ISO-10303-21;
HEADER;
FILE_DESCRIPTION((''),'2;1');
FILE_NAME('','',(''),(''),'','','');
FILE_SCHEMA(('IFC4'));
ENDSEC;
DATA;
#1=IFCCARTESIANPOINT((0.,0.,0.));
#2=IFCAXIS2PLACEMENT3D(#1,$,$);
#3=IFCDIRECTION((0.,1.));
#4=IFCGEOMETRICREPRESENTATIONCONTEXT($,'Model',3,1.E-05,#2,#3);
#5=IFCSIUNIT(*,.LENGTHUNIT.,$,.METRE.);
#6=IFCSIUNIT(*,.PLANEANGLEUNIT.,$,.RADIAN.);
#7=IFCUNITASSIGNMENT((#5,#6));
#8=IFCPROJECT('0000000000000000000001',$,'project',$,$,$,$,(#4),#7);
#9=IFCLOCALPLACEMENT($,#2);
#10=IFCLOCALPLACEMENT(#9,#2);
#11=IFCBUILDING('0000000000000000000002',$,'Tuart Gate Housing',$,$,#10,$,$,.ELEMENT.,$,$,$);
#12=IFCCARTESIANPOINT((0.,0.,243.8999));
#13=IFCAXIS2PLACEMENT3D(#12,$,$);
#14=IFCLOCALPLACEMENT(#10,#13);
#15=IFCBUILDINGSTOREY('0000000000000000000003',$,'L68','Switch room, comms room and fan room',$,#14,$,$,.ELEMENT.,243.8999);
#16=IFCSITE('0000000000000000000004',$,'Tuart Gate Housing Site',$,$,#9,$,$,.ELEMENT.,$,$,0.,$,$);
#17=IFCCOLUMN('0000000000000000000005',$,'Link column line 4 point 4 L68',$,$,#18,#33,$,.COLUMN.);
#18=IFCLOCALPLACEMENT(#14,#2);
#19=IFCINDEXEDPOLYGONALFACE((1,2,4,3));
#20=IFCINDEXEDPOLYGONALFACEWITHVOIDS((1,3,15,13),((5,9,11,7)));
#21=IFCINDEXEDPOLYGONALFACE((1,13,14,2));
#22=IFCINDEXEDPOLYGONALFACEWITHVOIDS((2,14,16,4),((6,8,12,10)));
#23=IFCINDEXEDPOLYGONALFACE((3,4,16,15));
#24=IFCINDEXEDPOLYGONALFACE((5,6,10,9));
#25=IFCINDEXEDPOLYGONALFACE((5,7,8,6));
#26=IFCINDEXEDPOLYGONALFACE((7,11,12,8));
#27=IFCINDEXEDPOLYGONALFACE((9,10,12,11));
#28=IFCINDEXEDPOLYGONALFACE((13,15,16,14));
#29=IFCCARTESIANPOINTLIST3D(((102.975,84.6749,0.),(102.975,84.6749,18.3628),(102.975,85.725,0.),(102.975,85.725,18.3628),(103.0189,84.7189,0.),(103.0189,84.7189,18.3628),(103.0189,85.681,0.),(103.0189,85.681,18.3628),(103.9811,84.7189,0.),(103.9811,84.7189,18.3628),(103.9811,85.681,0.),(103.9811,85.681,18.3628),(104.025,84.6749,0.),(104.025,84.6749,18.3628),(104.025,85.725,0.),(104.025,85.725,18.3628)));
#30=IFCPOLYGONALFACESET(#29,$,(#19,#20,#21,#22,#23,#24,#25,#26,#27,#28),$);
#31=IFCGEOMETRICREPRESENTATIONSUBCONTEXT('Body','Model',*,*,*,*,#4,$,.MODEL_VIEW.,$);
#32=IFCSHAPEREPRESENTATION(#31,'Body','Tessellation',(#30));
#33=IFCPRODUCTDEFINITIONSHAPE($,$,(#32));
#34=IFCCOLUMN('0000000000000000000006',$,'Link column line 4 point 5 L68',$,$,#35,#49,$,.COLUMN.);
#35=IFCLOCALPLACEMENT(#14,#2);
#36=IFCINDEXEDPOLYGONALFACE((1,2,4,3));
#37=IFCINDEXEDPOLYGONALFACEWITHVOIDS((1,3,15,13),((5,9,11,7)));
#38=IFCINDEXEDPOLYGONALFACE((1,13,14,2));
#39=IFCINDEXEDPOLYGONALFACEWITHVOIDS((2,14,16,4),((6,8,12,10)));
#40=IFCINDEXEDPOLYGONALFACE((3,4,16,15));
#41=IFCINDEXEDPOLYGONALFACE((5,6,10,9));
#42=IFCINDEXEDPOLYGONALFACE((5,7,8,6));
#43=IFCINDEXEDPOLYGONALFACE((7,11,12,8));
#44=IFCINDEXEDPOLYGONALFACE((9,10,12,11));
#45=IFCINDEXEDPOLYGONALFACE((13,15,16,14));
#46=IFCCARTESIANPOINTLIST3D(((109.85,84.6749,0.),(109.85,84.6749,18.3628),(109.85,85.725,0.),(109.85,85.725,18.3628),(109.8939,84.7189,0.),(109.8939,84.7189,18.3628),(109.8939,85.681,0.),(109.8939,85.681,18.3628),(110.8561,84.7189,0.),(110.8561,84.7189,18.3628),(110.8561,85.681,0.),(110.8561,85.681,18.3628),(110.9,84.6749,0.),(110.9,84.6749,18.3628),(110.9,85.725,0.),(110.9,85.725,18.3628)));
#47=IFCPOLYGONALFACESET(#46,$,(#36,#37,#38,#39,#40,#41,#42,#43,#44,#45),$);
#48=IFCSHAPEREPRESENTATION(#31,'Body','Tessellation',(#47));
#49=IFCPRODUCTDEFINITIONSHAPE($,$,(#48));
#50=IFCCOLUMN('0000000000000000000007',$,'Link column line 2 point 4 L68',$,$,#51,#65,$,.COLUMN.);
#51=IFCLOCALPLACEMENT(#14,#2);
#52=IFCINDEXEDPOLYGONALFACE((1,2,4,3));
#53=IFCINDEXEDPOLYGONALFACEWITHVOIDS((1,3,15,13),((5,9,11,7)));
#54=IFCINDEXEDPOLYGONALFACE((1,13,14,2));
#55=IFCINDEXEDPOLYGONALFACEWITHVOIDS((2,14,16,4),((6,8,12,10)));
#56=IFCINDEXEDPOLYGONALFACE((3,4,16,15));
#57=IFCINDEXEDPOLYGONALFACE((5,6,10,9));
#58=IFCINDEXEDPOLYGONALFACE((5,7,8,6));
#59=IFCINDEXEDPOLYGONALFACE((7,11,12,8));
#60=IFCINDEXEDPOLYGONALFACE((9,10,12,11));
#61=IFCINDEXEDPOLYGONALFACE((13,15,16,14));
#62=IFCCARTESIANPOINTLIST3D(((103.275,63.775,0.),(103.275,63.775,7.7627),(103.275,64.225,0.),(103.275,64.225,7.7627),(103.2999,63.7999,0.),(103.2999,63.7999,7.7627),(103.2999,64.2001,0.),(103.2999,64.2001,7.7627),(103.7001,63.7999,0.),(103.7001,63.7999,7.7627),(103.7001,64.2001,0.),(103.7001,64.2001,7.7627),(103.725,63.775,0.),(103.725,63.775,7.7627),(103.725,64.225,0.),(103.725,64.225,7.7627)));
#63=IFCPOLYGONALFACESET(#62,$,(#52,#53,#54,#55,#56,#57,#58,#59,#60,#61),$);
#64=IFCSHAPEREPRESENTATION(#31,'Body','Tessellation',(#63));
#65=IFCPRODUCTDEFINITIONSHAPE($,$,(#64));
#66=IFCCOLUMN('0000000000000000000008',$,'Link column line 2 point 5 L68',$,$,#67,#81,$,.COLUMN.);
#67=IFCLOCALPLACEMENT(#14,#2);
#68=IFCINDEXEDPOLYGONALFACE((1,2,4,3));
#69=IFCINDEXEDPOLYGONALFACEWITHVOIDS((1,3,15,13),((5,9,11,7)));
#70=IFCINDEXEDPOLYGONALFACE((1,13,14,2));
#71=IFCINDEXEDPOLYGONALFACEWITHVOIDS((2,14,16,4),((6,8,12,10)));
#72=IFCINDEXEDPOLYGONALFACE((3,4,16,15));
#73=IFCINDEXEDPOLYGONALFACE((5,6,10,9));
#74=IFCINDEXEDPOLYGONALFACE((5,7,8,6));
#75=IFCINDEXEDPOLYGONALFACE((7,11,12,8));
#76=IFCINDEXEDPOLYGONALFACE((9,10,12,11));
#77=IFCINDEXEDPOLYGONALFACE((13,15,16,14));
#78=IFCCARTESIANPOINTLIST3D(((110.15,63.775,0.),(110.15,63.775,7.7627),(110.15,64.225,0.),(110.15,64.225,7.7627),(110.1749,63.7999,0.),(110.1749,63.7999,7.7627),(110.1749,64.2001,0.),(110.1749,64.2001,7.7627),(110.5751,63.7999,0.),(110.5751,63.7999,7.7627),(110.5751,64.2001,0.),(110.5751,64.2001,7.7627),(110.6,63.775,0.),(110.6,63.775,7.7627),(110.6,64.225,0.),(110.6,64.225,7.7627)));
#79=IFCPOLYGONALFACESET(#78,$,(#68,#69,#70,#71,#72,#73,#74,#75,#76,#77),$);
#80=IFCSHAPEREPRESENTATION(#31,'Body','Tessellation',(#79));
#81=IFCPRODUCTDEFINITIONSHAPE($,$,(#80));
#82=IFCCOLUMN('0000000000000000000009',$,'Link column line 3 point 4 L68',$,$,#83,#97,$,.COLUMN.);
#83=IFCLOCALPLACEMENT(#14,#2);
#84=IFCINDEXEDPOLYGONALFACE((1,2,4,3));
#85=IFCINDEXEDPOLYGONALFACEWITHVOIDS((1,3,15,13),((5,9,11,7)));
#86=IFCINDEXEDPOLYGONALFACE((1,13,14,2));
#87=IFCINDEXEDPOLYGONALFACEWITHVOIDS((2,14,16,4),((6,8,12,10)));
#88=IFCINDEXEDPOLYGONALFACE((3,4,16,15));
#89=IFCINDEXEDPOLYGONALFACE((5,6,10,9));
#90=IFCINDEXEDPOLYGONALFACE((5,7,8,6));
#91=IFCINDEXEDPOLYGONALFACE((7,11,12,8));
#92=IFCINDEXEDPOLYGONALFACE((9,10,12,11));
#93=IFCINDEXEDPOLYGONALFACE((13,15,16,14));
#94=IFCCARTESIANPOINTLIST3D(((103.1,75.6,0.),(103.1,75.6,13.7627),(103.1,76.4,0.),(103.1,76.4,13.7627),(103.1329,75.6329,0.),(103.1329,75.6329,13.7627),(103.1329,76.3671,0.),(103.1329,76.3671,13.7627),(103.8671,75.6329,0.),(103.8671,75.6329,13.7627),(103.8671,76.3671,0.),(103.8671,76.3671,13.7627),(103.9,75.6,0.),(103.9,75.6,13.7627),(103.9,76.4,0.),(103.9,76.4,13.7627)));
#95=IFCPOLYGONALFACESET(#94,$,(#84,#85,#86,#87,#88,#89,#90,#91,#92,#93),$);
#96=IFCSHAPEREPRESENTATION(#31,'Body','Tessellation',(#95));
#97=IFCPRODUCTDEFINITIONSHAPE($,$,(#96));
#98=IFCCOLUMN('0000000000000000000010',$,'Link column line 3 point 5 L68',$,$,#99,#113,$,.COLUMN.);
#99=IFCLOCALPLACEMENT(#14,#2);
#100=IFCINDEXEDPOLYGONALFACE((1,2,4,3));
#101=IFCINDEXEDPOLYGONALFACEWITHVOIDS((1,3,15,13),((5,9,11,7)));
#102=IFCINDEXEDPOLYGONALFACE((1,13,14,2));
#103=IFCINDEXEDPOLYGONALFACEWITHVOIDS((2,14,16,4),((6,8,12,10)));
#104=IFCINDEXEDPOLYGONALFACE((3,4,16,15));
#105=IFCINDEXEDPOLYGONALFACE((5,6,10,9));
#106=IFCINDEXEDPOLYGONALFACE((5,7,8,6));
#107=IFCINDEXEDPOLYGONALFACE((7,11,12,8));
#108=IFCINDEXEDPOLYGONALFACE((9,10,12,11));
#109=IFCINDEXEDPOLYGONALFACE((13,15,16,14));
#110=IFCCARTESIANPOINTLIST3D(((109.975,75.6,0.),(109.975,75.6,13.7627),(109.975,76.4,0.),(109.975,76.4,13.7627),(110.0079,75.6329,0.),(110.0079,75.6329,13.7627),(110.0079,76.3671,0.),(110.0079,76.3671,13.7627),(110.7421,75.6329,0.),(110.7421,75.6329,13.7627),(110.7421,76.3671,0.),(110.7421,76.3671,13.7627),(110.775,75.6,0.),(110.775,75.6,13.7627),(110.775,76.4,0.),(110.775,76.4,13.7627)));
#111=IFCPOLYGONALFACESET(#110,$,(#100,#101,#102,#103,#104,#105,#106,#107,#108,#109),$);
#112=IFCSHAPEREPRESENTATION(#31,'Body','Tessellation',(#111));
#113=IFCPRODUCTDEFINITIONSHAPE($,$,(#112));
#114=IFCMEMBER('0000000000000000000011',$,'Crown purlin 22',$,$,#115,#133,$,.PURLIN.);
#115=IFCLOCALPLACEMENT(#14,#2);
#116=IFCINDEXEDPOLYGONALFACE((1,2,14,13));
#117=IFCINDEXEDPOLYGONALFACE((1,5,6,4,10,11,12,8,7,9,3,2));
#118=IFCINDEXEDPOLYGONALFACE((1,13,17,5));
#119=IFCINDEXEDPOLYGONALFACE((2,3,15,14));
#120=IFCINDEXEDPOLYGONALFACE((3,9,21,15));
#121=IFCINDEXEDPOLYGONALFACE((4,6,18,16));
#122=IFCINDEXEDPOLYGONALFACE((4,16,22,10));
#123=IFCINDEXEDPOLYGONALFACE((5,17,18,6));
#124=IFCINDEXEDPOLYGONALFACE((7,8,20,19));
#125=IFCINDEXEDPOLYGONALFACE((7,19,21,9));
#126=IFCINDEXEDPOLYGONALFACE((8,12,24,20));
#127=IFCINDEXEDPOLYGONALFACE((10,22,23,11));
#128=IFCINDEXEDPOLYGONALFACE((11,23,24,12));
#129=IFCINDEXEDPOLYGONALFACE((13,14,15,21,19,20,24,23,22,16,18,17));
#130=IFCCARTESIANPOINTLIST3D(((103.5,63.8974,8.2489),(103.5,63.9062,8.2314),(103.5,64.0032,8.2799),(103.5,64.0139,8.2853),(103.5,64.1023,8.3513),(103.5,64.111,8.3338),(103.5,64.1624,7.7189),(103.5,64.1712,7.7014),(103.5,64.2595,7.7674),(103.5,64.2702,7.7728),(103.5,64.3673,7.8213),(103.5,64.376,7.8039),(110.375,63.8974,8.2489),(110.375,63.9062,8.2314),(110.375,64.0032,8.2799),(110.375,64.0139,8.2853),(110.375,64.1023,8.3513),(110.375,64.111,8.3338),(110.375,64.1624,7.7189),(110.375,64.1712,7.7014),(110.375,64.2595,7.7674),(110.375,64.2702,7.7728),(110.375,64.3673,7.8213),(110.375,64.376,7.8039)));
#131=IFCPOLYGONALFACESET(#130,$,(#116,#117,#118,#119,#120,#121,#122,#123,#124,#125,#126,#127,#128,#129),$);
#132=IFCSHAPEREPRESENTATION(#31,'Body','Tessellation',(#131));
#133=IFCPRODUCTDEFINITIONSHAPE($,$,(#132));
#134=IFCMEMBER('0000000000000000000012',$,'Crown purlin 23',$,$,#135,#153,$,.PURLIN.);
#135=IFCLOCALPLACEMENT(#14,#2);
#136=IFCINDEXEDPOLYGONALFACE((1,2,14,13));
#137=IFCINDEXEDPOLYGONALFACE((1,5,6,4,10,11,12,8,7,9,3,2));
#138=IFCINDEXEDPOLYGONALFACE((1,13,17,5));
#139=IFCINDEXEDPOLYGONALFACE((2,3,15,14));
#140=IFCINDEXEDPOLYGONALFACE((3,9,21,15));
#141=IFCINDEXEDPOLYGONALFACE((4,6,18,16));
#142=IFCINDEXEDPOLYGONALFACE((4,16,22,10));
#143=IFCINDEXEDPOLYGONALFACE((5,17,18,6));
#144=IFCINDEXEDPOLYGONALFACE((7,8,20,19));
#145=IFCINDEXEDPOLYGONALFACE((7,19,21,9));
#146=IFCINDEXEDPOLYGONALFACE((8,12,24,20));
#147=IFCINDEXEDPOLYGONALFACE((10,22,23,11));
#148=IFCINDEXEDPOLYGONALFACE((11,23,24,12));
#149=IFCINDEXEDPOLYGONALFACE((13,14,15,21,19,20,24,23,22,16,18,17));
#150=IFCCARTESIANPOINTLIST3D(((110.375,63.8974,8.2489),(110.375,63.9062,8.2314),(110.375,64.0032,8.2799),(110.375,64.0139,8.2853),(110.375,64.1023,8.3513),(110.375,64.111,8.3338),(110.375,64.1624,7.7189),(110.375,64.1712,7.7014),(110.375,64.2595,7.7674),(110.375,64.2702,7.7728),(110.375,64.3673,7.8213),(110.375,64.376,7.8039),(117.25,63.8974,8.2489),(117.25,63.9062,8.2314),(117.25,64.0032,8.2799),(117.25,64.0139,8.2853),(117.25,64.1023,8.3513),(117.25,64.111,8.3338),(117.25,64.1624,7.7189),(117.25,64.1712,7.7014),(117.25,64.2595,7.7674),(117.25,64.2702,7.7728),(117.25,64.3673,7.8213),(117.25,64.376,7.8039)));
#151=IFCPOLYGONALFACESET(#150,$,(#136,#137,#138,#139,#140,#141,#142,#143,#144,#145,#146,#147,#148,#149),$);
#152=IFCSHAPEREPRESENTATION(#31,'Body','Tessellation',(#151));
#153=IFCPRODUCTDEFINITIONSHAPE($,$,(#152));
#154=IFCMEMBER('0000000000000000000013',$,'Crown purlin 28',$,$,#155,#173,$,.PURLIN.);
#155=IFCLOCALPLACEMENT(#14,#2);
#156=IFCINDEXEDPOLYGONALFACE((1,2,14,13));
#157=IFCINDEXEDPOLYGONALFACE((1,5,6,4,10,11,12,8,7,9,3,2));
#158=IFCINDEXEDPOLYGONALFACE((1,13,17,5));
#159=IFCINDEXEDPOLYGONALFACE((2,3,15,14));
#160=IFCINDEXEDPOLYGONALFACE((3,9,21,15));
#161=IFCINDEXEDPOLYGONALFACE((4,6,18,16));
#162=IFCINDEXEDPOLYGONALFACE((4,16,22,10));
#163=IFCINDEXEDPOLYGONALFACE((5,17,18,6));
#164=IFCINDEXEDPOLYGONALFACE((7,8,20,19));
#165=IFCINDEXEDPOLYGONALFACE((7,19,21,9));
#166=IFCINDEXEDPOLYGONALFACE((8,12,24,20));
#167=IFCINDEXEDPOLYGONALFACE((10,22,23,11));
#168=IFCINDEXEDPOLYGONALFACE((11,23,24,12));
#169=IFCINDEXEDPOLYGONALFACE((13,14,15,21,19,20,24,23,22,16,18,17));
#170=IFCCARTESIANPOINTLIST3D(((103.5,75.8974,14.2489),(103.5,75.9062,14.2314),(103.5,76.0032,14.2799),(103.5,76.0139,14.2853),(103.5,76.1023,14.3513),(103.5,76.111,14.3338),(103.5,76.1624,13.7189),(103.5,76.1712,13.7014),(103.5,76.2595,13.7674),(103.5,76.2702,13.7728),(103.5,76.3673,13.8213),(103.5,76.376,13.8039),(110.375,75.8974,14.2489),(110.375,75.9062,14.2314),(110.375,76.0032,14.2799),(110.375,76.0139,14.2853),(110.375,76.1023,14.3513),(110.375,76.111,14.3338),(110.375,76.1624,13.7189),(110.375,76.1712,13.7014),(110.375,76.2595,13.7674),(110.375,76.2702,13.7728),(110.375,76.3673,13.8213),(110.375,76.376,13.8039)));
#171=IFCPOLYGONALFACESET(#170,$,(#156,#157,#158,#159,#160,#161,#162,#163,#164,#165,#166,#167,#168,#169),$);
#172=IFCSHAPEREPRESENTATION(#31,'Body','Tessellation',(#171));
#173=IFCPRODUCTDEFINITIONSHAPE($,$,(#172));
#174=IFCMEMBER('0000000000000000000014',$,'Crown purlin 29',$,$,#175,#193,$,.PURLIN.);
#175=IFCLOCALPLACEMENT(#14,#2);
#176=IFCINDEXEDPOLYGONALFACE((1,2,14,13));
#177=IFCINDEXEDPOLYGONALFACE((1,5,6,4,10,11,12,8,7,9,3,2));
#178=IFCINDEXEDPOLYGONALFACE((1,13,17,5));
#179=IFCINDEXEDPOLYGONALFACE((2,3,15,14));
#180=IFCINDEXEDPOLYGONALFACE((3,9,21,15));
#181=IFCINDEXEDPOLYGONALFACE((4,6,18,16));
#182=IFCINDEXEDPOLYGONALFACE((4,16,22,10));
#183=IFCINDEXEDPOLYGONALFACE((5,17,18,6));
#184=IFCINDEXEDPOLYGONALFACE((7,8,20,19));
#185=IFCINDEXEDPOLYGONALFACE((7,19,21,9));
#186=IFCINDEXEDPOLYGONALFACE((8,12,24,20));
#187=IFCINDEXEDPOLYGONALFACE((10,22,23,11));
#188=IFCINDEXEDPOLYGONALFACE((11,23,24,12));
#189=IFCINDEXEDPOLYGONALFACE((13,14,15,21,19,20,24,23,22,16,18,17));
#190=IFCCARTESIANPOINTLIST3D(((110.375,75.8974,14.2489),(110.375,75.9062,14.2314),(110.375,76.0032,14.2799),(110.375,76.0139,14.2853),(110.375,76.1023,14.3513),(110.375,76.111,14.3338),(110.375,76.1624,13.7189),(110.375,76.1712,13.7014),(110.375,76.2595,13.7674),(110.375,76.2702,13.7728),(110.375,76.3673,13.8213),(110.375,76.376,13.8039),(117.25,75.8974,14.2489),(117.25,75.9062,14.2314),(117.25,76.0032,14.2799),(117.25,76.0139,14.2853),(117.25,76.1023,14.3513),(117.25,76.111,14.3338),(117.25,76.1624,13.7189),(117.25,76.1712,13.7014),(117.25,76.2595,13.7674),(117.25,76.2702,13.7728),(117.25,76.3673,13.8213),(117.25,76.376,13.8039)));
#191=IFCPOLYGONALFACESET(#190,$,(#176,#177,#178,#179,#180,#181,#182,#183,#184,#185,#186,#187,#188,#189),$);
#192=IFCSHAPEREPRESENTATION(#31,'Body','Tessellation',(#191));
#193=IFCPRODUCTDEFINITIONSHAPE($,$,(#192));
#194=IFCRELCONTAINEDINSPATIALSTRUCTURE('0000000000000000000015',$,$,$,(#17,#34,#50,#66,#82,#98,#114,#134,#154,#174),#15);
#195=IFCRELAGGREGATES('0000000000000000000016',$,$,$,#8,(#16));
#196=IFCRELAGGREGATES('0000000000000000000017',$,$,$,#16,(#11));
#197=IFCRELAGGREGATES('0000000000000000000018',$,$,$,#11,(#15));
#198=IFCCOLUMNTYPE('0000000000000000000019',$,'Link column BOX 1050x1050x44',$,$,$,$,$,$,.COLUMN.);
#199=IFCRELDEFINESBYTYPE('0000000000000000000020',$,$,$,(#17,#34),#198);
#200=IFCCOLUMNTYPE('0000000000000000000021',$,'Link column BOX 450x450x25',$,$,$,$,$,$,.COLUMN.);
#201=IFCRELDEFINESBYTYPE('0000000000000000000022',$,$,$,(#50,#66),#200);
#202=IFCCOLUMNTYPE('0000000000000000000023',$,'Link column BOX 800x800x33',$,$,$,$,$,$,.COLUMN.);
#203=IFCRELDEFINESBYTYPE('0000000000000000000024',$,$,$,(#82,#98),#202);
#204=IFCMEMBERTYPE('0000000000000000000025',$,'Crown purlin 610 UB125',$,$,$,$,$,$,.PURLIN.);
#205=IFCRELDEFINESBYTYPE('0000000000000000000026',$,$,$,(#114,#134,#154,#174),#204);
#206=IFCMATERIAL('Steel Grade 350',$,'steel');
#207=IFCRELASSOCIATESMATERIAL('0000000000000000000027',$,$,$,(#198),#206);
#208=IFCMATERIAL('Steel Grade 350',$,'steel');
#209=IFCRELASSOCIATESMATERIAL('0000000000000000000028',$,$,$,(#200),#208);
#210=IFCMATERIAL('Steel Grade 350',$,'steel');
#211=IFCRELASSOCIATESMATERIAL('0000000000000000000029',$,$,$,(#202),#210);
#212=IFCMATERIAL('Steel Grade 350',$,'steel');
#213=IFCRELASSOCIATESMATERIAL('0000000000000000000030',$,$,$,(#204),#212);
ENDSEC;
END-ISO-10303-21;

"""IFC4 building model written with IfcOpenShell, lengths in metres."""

from ifc_helpers import new_model, si_unit, direction, frame, origin, origin_2d, place, context, subcontext, project, spatial, hollow_rectangle, i_section, extrude, material, material_profile, profile_set, type_object, element, save


model = new_model("IFC4")

# Units and contexts
model_context = context("Model", 3, precision=1e-05, world=origin(), true_north=direction((0.0, 1.0)))
body_context = subcontext(model_context, "Body", "Model", "MODEL_VIEW")
ifc_project = project(units=[si_unit("LENGTHUNIT", "METRE"), si_unit("PLANEANGLEUNIT", "RADIAN")], contexts=[model_context])

# Site, building, storey
site_placement = place(None, origin())
site = spatial("IfcSite", under=ifc_project, at=site_placement, Name="Tuart Gate Housing Site", CompositionType="ELEMENT", RefElevation=0.0)
building_placement = place(site_placement, origin())
building = spatial("IfcBuilding", under=site, at=building_placement, Name="Tuart Gate Housing", CompositionType="ELEMENT")
storey_placement = place(building_placement, frame((0.0, 0.0, 243.8999)))
storey = spatial("IfcBuildingStorey", under=building, at=storey_placement, Name="L68", Description="Switch room, comms room and fan room", CompositionType="ELEMENT", Elevation=243.8999)

# Columns
ifc_material_1 = material(Name="Steel Grade 350", Category="steel")
ifc_material_profile_1 = material_profile(ifc_material_1, hollow_rectangle(XDim=1.05, YDim=1.05, WallThickness=0.0439, at=origin_2d()), Name="BOX 1050x1050x44")
ifc_profile_set_1 = profile_set([ifc_material_profile_1], Name="Steel Grade 350")
column_type_1 = type_object("IfcColumnType", Name="Link column BOX 1050x1050x44", PredefinedType="COLUMN", material=ifc_profile_set_1)
for number, where, z_axis, x_axis, name in (
    (1, (103.5, 85.2, 0.0), (0.0, 0.0, 1.0), (1.0, 0.0, 0.0), "Link column line 4 point 4 L68"),
    (2, (110.375, 85.2, 0.0), (0.0, 0.0, 1.0), (1.0, 0.0, 0.0), "Link column line 4 point 5 L68"),
):
    element("IfcColumn", number, at=place(storey_placement, frame(where, z_axis=z_axis, x_axis=x_axis)), inside=storey, type_object=column_type_1, Name=name, PredefinedType="COLUMN", context=body_context, shape_type="SweptSolid", body=[
        extrude(hollow_rectangle(XDim=1.05, YDim=1.05, WallThickness=0.0439, at=origin_2d()), origin(), (0.0, 0.0, 1.0), 18.3628),
    ])
ifc_material_2 = material(Name="Steel Grade 350", Category="steel")
ifc_material_profile_2 = material_profile(ifc_material_2, hollow_rectangle(XDim=0.45, YDim=0.45, WallThickness=0.0249, at=origin_2d()), Name="BOX 450x450x25")
ifc_profile_set_2 = profile_set([ifc_material_profile_2], Name="Steel Grade 350")
column_type_2 = type_object("IfcColumnType", Name="Link column BOX 450x450x25", PredefinedType="COLUMN", material=ifc_profile_set_2)
for number, where, z_axis, x_axis, name in (
    (3, (103.5, 64.0, 0.0), (0.0, 0.0, 1.0), (1.0, 0.0, 0.0), "Link column line 2 point 4 L68"),
    (4, (110.375, 64.0, 0.0), (0.0, 0.0, 1.0), (1.0, 0.0, 0.0), "Link column line 2 point 5 L68"),
):
    element("IfcColumn", number, at=place(storey_placement, frame(where, z_axis=z_axis, x_axis=x_axis)), inside=storey, type_object=column_type_2, Name=name, PredefinedType="COLUMN", context=body_context, shape_type="SweptSolid", body=[
        extrude(hollow_rectangle(XDim=0.45, YDim=0.45, WallThickness=0.0249, at=origin_2d()), origin(), (0.0, 0.0, 1.0), 7.7627),
    ])
ifc_material_3 = material(Name="Steel Grade 350", Category="steel")
ifc_material_profile_3 = material_profile(ifc_material_3, hollow_rectangle(XDim=0.8, YDim=0.8, WallThickness=0.033, at=origin_2d()), Name="BOX 800x800x33")
ifc_profile_set_3 = profile_set([ifc_material_profile_3], Name="Steel Grade 350")
column_type_3 = type_object("IfcColumnType", Name="Link column BOX 800x800x33", PredefinedType="COLUMN", material=ifc_profile_set_3)
for number, where, z_axis, x_axis, name in (
    (5, (103.5, 76.0, 0.0), (0.0, 0.0, 1.0), (1.0, 0.0, 0.0), "Link column line 3 point 4 L68"),
    (6, (110.375, 76.0, 0.0), (0.0, 0.0, 1.0), (1.0, 0.0, 0.0), "Link column line 3 point 5 L68"),
):
    element("IfcColumn", number, at=place(storey_placement, frame(where, z_axis=z_axis, x_axis=x_axis)), inside=storey, type_object=column_type_3, Name=name, PredefinedType="COLUMN", context=body_context, shape_type="SweptSolid", body=[
        extrude(hollow_rectangle(XDim=0.8, YDim=0.8, WallThickness=0.033, at=origin_2d()), origin(), (0.0, 0.0, 1.0), 13.7627),
    ])

# Members
ifc_material_4 = material(Name="Steel Grade 350", Category="steel")
ifc_material_profile_4 = material_profile(ifc_material_4, i_section(OverallWidth=0.229, OverallDepth=0.6121, WebThickness=0.012, FlangeThickness=0.0195, at=origin_2d()), Name="610UB125")
ifc_profile_set_4 = profile_set([ifc_material_profile_4], Name="Steel Grade 350")
member_type_1 = type_object("IfcMemberType", Name="Crown purlin 610 UB125", PredefinedType="PURLIN", material=ifc_profile_set_4)
for number, where, z_axis, x_axis, name in (
    (7, (103.5, 64.1367, 8.0264), (1.0, 0.0, 0.0), (0.0, 0.894427, 0.447214), "Crown purlin 22"),
    (8, (110.375, 64.1367, 8.0264), (1.0, 0.0, 0.0), (0.0, 0.894427, 0.447214), "Crown purlin 23"),
    (9, (103.5, 76.1367, 14.0264), (1.0, 0.0, 0.0), (0.0, 0.894427, 0.447214), "Crown purlin 28"),
    (10, (110.375, 76.1367, 14.0264), (1.0, 0.0, 0.0), (0.0, 0.894427, 0.447214), "Crown purlin 29"),
):
    element("IfcMember", number, at=place(storey_placement, frame(where, z_axis=z_axis, x_axis=x_axis)), inside=storey, type_object=member_type_1, Name=name, PredefinedType="PURLIN", context=body_context, shape_type="SweptSolid", body=[
        extrude(i_section(OverallWidth=0.229, OverallDepth=0.6121, WebThickness=0.012, FlangeThickness=0.0195, at=origin_2d()), origin(), (0.0, 0.0, 1.0), 6.875),
    ])

save(model, "model.ifc")
